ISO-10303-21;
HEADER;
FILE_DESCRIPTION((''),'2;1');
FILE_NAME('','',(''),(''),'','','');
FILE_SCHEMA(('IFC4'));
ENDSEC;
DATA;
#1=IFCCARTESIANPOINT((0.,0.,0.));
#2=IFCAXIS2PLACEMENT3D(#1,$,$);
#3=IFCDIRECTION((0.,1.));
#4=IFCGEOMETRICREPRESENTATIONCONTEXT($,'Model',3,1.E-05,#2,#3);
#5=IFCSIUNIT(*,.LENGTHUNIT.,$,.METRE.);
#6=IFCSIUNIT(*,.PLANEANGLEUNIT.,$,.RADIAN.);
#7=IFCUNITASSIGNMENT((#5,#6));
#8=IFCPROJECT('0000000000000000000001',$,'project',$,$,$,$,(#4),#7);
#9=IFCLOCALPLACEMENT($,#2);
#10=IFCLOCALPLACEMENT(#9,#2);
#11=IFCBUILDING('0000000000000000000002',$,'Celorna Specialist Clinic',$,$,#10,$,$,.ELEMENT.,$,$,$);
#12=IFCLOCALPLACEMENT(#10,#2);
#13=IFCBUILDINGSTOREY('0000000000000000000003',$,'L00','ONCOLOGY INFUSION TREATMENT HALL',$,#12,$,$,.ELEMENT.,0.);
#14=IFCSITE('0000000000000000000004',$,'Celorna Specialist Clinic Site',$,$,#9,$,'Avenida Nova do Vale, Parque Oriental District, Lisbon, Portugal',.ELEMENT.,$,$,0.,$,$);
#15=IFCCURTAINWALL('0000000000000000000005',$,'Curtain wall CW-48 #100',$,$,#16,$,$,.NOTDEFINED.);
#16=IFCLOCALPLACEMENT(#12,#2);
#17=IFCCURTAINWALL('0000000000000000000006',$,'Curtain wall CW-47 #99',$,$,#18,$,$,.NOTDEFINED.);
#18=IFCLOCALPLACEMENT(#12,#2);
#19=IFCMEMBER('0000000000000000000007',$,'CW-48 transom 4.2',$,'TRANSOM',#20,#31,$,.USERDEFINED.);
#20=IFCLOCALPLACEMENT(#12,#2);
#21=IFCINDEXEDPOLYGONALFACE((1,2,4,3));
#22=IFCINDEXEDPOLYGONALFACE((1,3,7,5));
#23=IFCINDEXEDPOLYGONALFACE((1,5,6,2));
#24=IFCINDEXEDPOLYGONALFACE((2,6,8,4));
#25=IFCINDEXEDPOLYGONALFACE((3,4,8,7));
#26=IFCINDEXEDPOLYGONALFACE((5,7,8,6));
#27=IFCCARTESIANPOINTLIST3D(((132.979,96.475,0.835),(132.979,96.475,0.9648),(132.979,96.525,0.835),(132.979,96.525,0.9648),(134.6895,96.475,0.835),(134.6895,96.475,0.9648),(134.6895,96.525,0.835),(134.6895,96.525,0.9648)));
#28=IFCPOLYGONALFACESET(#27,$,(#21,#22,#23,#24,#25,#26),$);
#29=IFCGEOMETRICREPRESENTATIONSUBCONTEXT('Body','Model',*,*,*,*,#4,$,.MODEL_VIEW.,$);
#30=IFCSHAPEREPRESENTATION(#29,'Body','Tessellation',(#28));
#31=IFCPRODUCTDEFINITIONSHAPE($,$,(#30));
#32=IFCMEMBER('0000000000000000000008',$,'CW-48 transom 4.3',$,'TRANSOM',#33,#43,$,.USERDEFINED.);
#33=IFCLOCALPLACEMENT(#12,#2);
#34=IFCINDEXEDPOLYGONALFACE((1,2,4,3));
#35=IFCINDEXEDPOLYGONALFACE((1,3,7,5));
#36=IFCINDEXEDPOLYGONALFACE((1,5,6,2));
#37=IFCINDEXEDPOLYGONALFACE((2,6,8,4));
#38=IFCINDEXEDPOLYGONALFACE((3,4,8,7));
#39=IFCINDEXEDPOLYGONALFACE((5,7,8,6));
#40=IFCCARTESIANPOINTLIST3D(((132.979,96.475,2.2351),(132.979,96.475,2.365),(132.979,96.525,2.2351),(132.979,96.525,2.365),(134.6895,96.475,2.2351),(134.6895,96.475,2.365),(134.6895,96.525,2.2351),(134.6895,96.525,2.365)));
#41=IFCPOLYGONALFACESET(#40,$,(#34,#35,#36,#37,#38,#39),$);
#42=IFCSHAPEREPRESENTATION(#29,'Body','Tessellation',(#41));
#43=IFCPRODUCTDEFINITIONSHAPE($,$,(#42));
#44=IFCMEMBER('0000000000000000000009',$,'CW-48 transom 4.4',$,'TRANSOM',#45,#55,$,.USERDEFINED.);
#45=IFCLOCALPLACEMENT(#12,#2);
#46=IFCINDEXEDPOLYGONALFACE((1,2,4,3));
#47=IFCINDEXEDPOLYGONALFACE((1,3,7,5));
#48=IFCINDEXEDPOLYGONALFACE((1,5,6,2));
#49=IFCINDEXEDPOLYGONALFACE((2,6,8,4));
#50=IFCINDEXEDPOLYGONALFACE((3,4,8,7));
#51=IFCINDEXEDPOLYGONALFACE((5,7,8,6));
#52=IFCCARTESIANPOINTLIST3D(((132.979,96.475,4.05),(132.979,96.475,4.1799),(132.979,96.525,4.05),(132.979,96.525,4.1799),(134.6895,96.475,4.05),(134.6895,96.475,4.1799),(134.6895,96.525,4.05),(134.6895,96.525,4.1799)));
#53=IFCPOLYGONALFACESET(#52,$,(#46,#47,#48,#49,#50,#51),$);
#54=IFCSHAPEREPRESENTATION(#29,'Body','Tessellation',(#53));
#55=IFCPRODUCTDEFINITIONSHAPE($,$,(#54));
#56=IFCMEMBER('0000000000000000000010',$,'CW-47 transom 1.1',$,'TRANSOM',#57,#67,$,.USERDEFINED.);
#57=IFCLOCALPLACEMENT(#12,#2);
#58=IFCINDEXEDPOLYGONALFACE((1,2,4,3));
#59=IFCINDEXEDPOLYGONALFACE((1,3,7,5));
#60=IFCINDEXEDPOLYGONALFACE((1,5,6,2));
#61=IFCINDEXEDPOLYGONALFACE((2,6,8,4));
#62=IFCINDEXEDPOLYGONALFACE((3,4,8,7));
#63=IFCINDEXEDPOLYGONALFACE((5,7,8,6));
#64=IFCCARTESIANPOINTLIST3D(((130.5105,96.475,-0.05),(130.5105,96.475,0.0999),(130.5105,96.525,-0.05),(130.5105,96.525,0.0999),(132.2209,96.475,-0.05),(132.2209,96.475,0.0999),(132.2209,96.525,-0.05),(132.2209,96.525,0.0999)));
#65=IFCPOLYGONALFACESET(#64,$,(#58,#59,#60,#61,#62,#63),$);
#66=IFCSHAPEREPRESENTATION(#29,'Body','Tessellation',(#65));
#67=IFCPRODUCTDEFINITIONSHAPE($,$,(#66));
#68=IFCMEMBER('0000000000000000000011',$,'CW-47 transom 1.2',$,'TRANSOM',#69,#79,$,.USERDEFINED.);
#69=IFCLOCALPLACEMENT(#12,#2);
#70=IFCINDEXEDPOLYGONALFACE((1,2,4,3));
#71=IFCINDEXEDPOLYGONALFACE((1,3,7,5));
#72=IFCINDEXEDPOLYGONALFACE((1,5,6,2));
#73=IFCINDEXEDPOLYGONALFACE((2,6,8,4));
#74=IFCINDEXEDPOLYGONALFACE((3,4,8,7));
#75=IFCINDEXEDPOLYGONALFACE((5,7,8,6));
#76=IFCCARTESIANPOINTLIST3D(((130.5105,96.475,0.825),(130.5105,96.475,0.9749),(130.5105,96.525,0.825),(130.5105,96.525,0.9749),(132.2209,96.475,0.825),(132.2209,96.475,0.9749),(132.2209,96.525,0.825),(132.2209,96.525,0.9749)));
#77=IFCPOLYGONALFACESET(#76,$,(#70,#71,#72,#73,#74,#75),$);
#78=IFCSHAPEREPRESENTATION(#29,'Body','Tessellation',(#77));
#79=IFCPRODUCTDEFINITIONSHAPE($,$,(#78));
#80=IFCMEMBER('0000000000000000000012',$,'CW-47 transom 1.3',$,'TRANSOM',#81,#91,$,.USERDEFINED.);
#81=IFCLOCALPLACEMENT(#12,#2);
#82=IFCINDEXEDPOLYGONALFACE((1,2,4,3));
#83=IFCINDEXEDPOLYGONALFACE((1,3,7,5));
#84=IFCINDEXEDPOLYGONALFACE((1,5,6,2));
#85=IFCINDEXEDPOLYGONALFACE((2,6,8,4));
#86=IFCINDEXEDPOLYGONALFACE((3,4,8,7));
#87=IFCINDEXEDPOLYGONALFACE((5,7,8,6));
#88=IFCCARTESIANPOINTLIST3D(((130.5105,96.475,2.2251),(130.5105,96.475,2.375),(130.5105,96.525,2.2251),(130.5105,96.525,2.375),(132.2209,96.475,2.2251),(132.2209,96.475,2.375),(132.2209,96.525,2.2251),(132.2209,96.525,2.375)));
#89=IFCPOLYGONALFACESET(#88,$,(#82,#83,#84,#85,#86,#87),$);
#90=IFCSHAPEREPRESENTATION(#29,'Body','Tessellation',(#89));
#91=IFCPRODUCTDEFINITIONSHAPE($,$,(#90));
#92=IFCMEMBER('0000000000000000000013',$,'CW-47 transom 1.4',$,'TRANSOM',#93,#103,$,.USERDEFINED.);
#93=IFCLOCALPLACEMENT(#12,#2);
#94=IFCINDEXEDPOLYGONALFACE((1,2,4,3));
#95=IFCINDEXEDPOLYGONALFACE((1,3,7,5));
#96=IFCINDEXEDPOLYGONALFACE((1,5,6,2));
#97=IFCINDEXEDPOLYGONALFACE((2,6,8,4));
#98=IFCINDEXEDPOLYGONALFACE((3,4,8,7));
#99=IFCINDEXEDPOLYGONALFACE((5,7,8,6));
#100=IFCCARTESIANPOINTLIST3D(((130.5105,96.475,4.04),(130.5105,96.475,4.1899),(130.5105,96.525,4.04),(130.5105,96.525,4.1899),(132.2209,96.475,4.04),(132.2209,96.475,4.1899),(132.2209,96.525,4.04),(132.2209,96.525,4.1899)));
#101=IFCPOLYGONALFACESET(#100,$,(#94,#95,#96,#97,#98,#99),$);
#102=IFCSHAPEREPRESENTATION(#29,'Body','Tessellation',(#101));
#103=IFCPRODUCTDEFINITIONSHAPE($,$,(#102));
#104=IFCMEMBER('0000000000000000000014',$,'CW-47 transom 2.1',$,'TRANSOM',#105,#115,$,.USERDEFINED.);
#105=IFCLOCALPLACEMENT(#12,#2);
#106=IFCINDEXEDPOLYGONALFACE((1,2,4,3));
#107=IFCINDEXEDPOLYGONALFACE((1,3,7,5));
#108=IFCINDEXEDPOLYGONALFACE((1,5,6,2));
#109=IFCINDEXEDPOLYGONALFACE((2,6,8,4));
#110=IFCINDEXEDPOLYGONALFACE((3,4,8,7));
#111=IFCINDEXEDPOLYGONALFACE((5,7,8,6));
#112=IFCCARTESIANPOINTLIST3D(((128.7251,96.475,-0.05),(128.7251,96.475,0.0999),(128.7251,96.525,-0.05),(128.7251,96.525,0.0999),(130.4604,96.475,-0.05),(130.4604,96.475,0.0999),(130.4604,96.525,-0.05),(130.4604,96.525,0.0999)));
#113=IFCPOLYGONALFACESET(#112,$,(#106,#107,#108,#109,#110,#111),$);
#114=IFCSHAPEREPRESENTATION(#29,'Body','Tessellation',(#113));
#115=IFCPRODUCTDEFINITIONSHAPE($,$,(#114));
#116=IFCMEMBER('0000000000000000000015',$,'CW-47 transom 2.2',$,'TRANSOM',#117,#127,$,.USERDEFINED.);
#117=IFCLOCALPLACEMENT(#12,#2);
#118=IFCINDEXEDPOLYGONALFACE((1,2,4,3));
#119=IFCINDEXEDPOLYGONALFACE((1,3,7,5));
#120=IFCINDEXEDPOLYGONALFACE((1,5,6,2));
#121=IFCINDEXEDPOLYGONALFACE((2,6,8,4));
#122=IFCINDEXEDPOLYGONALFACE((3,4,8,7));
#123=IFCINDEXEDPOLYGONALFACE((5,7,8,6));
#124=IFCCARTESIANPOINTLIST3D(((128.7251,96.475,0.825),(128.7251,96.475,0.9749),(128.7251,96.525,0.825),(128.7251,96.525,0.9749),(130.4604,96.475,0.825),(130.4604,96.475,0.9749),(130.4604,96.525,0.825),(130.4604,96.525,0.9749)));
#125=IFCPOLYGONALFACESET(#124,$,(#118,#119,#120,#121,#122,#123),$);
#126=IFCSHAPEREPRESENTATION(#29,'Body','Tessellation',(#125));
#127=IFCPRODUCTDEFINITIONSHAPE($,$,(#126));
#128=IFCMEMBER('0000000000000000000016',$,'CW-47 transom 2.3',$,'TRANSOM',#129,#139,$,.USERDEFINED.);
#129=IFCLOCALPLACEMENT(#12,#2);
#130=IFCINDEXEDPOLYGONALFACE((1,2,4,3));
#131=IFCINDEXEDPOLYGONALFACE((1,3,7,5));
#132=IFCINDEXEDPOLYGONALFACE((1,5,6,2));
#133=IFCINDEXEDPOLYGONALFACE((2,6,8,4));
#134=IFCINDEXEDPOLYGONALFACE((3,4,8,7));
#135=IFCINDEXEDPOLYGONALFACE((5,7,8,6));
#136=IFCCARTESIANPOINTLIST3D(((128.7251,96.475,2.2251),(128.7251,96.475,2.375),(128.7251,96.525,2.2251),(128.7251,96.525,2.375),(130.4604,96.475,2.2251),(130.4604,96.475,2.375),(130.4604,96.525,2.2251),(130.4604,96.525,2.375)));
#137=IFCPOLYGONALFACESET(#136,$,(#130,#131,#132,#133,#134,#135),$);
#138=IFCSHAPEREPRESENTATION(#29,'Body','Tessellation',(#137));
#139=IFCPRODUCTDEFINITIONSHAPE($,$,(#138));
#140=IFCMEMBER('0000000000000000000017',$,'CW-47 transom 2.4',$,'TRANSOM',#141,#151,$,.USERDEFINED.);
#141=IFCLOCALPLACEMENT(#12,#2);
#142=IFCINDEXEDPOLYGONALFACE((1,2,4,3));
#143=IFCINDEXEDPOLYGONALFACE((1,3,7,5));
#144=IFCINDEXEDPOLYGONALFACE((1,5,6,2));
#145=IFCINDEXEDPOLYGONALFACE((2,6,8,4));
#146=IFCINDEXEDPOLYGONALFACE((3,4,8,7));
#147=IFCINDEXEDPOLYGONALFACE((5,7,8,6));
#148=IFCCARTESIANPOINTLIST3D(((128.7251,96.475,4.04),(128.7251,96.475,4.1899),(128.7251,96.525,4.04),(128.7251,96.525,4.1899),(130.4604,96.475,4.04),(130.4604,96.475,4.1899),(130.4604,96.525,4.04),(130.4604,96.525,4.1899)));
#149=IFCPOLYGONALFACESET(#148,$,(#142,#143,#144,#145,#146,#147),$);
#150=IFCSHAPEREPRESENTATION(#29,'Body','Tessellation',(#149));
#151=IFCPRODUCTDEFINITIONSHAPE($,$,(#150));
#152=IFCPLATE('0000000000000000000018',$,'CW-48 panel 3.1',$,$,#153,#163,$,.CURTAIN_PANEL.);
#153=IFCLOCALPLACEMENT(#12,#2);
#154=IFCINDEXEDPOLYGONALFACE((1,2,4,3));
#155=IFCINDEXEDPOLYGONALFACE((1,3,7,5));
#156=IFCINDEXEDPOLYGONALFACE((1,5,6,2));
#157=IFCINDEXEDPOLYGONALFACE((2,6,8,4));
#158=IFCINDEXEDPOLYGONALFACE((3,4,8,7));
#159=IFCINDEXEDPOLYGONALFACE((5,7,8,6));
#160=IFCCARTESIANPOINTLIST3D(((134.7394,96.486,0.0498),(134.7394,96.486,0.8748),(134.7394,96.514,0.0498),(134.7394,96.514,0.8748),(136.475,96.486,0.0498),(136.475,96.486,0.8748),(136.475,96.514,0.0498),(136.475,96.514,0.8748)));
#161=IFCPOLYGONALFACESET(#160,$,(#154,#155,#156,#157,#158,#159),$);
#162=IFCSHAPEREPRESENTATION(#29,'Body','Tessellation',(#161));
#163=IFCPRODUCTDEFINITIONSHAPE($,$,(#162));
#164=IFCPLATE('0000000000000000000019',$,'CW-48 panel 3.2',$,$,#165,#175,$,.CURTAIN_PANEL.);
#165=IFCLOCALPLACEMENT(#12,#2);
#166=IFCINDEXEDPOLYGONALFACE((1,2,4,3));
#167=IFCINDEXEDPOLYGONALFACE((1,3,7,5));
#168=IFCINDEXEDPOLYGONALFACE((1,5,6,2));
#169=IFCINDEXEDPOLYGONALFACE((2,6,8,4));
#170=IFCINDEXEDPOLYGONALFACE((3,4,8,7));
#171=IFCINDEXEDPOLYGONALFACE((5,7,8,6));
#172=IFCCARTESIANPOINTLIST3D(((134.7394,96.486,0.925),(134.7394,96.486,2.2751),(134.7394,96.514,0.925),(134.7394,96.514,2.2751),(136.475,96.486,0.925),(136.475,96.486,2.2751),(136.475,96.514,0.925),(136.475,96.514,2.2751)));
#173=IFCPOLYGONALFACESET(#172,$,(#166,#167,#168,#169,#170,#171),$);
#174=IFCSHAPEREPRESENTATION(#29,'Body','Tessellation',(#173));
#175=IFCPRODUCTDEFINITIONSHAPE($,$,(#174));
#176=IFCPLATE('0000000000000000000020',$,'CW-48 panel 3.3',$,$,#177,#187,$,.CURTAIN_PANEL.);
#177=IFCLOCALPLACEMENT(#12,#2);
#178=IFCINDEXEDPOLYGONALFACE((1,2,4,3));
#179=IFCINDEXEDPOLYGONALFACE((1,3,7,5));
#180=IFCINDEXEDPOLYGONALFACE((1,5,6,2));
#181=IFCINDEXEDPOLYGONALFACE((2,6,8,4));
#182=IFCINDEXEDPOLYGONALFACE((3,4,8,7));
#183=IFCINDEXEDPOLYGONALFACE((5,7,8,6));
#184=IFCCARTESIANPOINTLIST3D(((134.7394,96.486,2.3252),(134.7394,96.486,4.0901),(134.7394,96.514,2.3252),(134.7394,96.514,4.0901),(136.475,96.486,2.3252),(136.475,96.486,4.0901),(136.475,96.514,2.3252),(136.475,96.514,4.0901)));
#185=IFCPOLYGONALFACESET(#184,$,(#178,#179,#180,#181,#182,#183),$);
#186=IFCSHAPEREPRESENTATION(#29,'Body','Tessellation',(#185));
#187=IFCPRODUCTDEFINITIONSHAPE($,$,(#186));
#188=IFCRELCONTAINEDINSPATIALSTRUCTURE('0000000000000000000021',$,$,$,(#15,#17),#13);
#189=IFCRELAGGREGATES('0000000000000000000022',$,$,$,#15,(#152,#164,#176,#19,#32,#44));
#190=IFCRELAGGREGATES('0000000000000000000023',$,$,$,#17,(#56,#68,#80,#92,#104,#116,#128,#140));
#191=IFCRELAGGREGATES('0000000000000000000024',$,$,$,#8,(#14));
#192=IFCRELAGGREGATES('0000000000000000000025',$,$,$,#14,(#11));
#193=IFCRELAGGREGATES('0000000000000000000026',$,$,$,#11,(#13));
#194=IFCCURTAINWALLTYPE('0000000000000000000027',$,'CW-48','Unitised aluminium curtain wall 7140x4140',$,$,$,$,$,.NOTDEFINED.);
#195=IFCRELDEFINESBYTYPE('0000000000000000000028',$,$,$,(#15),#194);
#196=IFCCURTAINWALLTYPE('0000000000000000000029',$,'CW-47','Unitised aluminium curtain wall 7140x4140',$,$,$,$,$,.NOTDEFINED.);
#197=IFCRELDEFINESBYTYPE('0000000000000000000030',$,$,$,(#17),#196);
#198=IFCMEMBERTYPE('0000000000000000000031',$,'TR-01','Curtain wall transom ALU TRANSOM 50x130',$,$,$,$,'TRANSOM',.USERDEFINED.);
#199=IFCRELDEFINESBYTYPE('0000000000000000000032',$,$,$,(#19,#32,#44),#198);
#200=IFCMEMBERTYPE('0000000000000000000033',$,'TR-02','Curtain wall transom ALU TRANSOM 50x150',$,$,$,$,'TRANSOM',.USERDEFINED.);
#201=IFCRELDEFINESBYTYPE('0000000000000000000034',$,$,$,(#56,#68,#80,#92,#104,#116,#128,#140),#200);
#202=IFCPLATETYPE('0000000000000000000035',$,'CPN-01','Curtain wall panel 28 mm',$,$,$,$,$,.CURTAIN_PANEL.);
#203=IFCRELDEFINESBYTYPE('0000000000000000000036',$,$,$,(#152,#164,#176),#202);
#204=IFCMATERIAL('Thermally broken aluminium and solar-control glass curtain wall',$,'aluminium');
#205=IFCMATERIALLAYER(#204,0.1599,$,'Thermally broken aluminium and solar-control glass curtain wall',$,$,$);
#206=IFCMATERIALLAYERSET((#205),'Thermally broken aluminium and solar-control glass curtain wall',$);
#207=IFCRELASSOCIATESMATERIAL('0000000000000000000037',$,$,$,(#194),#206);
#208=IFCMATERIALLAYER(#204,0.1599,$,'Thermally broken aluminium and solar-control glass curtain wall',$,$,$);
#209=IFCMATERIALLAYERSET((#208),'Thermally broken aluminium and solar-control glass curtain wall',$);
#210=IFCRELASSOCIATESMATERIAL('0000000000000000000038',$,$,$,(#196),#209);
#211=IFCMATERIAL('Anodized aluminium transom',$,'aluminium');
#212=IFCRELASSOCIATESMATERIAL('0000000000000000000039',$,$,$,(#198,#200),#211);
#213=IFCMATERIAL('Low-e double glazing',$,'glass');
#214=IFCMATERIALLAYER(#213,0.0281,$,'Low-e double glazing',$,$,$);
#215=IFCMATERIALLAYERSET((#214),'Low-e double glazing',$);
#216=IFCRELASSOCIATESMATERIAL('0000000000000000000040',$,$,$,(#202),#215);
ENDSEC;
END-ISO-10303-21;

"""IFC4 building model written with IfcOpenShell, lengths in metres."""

from ifc_helpers import new_model, si_unit, direction, frame, origin, origin_2d, place, context, subcontext, project, spatial, rectangle, extrude, material, layer, layer_set, material_profile, profile_set, type_object, element, aggregate, save


model = new_model("IFC4")

# Units and contexts
model_context = context("Model", 3, precision=1e-05, world=origin(), true_north=direction((0.0, 1.0)))
body_context = subcontext(model_context, "Body", "Model", "MODEL_VIEW")
ifc_project = project(units=[si_unit("LENGTHUNIT", "METRE"), si_unit("PLANEANGLEUNIT", "RADIAN")], contexts=[model_context])

# Site, building, storey
site_placement = place(None, origin())
site = spatial("IfcSite", under=ifc_project, at=site_placement, Name="Celorna Specialist Clinic Site", LongName="Avenida Nova do Vale, Parque Oriental District, Lisbon, Portugal", CompositionType="ELEMENT", RefElevation=0.0)
building_placement = place(site_placement, origin())
building = spatial("IfcBuilding", under=site, at=building_placement, Name="Celorna Specialist Clinic", CompositionType="ELEMENT")
storey_placement = place(building_placement, origin())
storey = spatial("IfcBuildingStorey", under=building, at=storey_placement, Name="L00", Description="ONCOLOGY INFUSION TREATMENT HALL", CompositionType="ELEMENT", Elevation=0.0)

# Curtain walls
ifc_material_1 = material(Name="Thermally broken aluminium and solar-control glass curtain wall", Category="aluminium")
ifc_layer_1 = layer(ifc_material_1, 0.1599, Name="Thermally broken aluminium and solar-control glass curtain wall")
ifc_layer_set_1 = layer_set([ifc_layer_1], Name="Thermally broken aluminium and solar-control glass curtain wall")
curtain_wall_type_1 = type_object("IfcCurtainWallType", Name="CW-48", Description="Unitised aluminium curtain wall 7140x4140", PredefinedType="NOTDEFINED", material=ifc_layer_set_1)
curtain_wall_1_placement = place(storey_placement, origin())
curtain_wall_1 = element("IfcCurtainWall", 1, at=curtain_wall_1_placement, inside=storey, type_object=curtain_wall_type_1, Name="Curtain wall CW-48 #100", PredefinedType="NOTDEFINED")
ifc_layer_2 = layer(ifc_material_1, 0.1599, Name="Thermally broken aluminium and solar-control glass curtain wall")
ifc_layer_set_2 = layer_set([ifc_layer_2], Name="Thermally broken aluminium and solar-control glass curtain wall")
curtain_wall_type_2 = type_object("IfcCurtainWallType", Name="CW-47", Description="Unitised aluminium curtain wall 7140x4140", PredefinedType="NOTDEFINED", material=ifc_layer_set_2)
curtain_wall_2_placement = place(storey_placement, origin())
curtain_wall_2 = element("IfcCurtainWall", 2, at=curtain_wall_2_placement, inside=storey, type_object=curtain_wall_type_2, Name="Curtain wall CW-47 #99", PredefinedType="NOTDEFINED")

# Members
ifc_material_2 = material(Name="Anodized aluminium transom", Category="aluminium")
ifc_material_profile_1 = material_profile(ifc_material_2, rectangle(XDim=0.05, YDim=0.1299, at=origin_2d()), Name="ALU TRANSOM 50x130")
ifc_profile_set_1 = profile_set([ifc_material_profile_1], Name="Anodized aluminium transom")
member_type_1 = type_object("IfcMemberType", Name="TR-01", Description="Curtain wall transom ALU TRANSOM 50x130", ElementType="TRANSOM", PredefinedType="USERDEFINED", material=ifc_profile_set_1)
member_1_placement = place(storey_placement, frame((134.6895, 96.5, 0.8999), z_axis=(-1.0, 0.0, 0.0), x_axis=(0.0, -1.0, 0.0)))
member_1 = element("IfcMember", 3, at=member_1_placement, type_object=member_type_1, Name="CW-48 transom 4.2", ObjectType="TRANSOM", PredefinedType="USERDEFINED", context=body_context, shape_type="SweptSolid", body=[
    extrude(rectangle(XDim=0.05, YDim=0.1299, at=origin_2d()), origin(), (0.0, 0.0, 1.0), 1.7104),
])
member_2_placement = place(storey_placement, frame((134.6895, 96.5, 2.3), z_axis=(-1.0, 0.0, 0.0), x_axis=(0.0, -1.0, 0.0)))
member_2 = element("IfcMember", 4, at=member_2_placement, type_object=member_type_1, Name="CW-48 transom 4.3", ObjectType="TRANSOM", PredefinedType="USERDEFINED", context=body_context, shape_type="SweptSolid", body=[
    extrude(rectangle(XDim=0.05, YDim=0.1299, at=origin_2d()), origin(), (0.0, 0.0, 1.0), 1.7104),
])
member_3_placement = place(storey_placement, frame((134.6895, 96.5, 4.115), z_axis=(-1.0, 0.0, 0.0), x_axis=(0.0, -1.0, 0.0)))
member_3 = element("IfcMember", 5, at=member_3_placement, type_object=member_type_1, Name="CW-48 transom 4.4", ObjectType="TRANSOM", PredefinedType="USERDEFINED", context=body_context, shape_type="SweptSolid", body=[
    extrude(rectangle(XDim=0.05, YDim=0.1299, at=origin_2d()), origin(), (0.0, 0.0, 1.0), 1.7104),
])
ifc_material_profile_2 = material_profile(ifc_material_2, rectangle(XDim=0.05, YDim=0.1499, at=origin_2d()), Name="ALU TRANSOM 50x150")
ifc_profile_set_2 = profile_set([ifc_material_profile_2], Name="Anodized aluminium transom")
member_type_2 = type_object("IfcMemberType", Name="TR-02", Description="Curtain wall transom ALU TRANSOM 50x150", ElementType="TRANSOM", PredefinedType="USERDEFINED", material=ifc_profile_set_2)
member_4_placement = place(storey_placement, frame((132.2209, 96.5, 0.0249), z_axis=(-1.0, 0.0, 0.0), x_axis=(0.0, -1.0, 0.0)))
member_4 = element("IfcMember", 6, at=member_4_placement, type_object=member_type_2, Name="CW-47 transom 1.1", ObjectType="TRANSOM", PredefinedType="USERDEFINED", context=body_context, shape_type="SweptSolid", body=[
    extrude(rectangle(XDim=0.05, YDim=0.1499, at=origin_2d()), origin(), (0.0, 0.0, 1.0), 1.7104),
])
member_5_placement = place(storey_placement, frame((132.2209, 96.5, 0.8999), z_axis=(-1.0, 0.0, 0.0), x_axis=(0.0, -1.0, 0.0)))
member_5 = element("IfcMember", 7, at=member_5_placement, type_object=member_type_2, Name="CW-47 transom 1.2", ObjectType="TRANSOM", PredefinedType="USERDEFINED", context=body_context, shape_type="SweptSolid", body=[
    extrude(rectangle(XDim=0.05, YDim=0.1499, at=origin_2d()), origin(), (0.0, 0.0, 1.0), 1.7104),
])
member_6_placement = place(storey_placement, frame((132.2209, 96.5, 2.3), z_axis=(-1.0, 0.0, 0.0), x_axis=(0.0, -1.0, 0.0)))
member_6 = element("IfcMember", 8, at=member_6_placement, type_object=member_type_2, Name="CW-47 transom 1.3", ObjectType="TRANSOM", PredefinedType="USERDEFINED", context=body_context, shape_type="SweptSolid", body=[
    extrude(rectangle(XDim=0.05, YDim=0.1499, at=origin_2d()), origin(), (0.0, 0.0, 1.0), 1.7104),
])
member_7_placement = place(storey_placement, frame((132.2209, 96.5, 4.115), z_axis=(-1.0, 0.0, 0.0), x_axis=(0.0, -1.0, 0.0)))
member_7 = element("IfcMember", 9, at=member_7_placement, type_object=member_type_2, Name="CW-47 transom 1.4", ObjectType="TRANSOM", PredefinedType="USERDEFINED", context=body_context, shape_type="SweptSolid", body=[
    extrude(rectangle(XDim=0.05, YDim=0.1499, at=origin_2d()), origin(), (0.0, 0.0, 1.0), 1.7104),
])
member_8_placement = place(storey_placement, frame((130.4604, 96.5, 0.0249), z_axis=(-1.0, 0.0, 0.0), x_axis=(0.0, -1.0, 0.0)))
member_8 = element("IfcMember", 10, at=member_8_placement, type_object=member_type_2, Name="CW-47 transom 2.1", ObjectType="TRANSOM", PredefinedType="USERDEFINED", context=body_context, shape_type="SweptSolid", body=[
    extrude(rectangle(XDim=0.05, YDim=0.1499, at=origin_2d()), origin(), (0.0, 0.0, 1.0), 1.7354),
])
member_9_placement = place(storey_placement, frame((130.4604, 96.5, 0.8999), z_axis=(-1.0, 0.0, 0.0), x_axis=(0.0, -1.0, 0.0)))
member_9 = element("IfcMember", 11, at=member_9_placement, type_object=member_type_2, Name="CW-47 transom 2.2", ObjectType="TRANSOM", PredefinedType="USERDEFINED", context=body_context, shape_type="SweptSolid", body=[
    extrude(rectangle(XDim=0.05, YDim=0.1499, at=origin_2d()), origin(), (0.0, 0.0, 1.0), 1.7354),
])
member_10_placement = place(storey_placement, frame((130.4604, 96.5, 2.3), z_axis=(-1.0, 0.0, 0.0), x_axis=(0.0, -1.0, 0.0)))
member_10 = element("IfcMember", 12, at=member_10_placement, type_object=member_type_2, Name="CW-47 transom 2.3", ObjectType="TRANSOM", PredefinedType="USERDEFINED", context=body_context, shape_type="SweptSolid", body=[
    extrude(rectangle(XDim=0.05, YDim=0.1499, at=origin_2d()), origin(), (0.0, 0.0, 1.0), 1.7354),
])
member_11_placement = place(storey_placement, frame((130.4604, 96.5, 4.115), z_axis=(-1.0, 0.0, 0.0), x_axis=(0.0, -1.0, 0.0)))
member_11 = element("IfcMember", 13, at=member_11_placement, type_object=member_type_2, Name="CW-47 transom 2.4", ObjectType="TRANSOM", PredefinedType="USERDEFINED", context=body_context, shape_type="SweptSolid", body=[
    extrude(rectangle(XDim=0.05, YDim=0.1499, at=origin_2d()), origin(), (0.0, 0.0, 1.0), 1.7354),
])

# Plates
ifc_material_3 = material(Name="Low-e double glazing", Category="glass")
ifc_layer_3 = layer(ifc_material_3, 0.0281, Name="Low-e double glazing")
ifc_layer_set_3 = layer_set([ifc_layer_3], Name="Low-e double glazing")
plate_type_1 = type_object("IfcPlateType", Name="CPN-01", Description="Curtain wall panel 28 mm", PredefinedType="CURTAIN_PANEL", material=ifc_layer_set_3)
plate_1_placement = place(storey_placement, frame((135.6072, 96.5, 0.0498), z_axis=(0.0, 0.0, 1.0), x_axis=(-1.0, 0.0, 0.0)))
plate_1 = element("IfcPlate", 14, at=plate_1_placement, type_object=plate_type_1, Name="CW-48 panel 3.1", PredefinedType="CURTAIN_PANEL", context=body_context, shape_type="SweptSolid", body=[
    extrude(rectangle(XDim=1.7356, YDim=0.0281, at=origin_2d()), origin(), (0.0, 0.0, 1.0), 0.825),
])
plate_2_placement = place(storey_placement, frame((135.6072, 96.5, 0.925), z_axis=(0.0, 0.0, 1.0), x_axis=(-1.0, 0.0, 0.0)))
plate_2 = element("IfcPlate", 15, at=plate_2_placement, type_object=plate_type_1, Name="CW-48 panel 3.2", PredefinedType="CURTAIN_PANEL", context=body_context, shape_type="SweptSolid", body=[
    extrude(rectangle(XDim=1.7356, YDim=0.0281, at=origin_2d()), origin(), (0.0, 0.0, 1.0), 1.3501),
])
plate_3_placement = place(storey_placement, frame((135.6072, 96.5, 2.3252), z_axis=(0.0, 0.0, 1.0), x_axis=(-1.0, 0.0, 0.0)))
plate_3 = element("IfcPlate", 16, at=plate_3_placement, type_object=plate_type_1, Name="CW-48 panel 3.3", PredefinedType="CURTAIN_PANEL", context=body_context, shape_type="SweptSolid", body=[
    extrude(rectangle(XDim=1.7356, YDim=0.0281, at=origin_2d()), origin(), (0.0, 0.0, 1.0), 1.7649),
])
aggregate(curtain_wall_1, [plate_1, plate_2, plate_3, member_1, member_2, member_3])
aggregate(curtain_wall_2, [member_4, member_5, member_6, member_7, member_8, member_9, member_10, member_11])

save(model, "model.ifc")
